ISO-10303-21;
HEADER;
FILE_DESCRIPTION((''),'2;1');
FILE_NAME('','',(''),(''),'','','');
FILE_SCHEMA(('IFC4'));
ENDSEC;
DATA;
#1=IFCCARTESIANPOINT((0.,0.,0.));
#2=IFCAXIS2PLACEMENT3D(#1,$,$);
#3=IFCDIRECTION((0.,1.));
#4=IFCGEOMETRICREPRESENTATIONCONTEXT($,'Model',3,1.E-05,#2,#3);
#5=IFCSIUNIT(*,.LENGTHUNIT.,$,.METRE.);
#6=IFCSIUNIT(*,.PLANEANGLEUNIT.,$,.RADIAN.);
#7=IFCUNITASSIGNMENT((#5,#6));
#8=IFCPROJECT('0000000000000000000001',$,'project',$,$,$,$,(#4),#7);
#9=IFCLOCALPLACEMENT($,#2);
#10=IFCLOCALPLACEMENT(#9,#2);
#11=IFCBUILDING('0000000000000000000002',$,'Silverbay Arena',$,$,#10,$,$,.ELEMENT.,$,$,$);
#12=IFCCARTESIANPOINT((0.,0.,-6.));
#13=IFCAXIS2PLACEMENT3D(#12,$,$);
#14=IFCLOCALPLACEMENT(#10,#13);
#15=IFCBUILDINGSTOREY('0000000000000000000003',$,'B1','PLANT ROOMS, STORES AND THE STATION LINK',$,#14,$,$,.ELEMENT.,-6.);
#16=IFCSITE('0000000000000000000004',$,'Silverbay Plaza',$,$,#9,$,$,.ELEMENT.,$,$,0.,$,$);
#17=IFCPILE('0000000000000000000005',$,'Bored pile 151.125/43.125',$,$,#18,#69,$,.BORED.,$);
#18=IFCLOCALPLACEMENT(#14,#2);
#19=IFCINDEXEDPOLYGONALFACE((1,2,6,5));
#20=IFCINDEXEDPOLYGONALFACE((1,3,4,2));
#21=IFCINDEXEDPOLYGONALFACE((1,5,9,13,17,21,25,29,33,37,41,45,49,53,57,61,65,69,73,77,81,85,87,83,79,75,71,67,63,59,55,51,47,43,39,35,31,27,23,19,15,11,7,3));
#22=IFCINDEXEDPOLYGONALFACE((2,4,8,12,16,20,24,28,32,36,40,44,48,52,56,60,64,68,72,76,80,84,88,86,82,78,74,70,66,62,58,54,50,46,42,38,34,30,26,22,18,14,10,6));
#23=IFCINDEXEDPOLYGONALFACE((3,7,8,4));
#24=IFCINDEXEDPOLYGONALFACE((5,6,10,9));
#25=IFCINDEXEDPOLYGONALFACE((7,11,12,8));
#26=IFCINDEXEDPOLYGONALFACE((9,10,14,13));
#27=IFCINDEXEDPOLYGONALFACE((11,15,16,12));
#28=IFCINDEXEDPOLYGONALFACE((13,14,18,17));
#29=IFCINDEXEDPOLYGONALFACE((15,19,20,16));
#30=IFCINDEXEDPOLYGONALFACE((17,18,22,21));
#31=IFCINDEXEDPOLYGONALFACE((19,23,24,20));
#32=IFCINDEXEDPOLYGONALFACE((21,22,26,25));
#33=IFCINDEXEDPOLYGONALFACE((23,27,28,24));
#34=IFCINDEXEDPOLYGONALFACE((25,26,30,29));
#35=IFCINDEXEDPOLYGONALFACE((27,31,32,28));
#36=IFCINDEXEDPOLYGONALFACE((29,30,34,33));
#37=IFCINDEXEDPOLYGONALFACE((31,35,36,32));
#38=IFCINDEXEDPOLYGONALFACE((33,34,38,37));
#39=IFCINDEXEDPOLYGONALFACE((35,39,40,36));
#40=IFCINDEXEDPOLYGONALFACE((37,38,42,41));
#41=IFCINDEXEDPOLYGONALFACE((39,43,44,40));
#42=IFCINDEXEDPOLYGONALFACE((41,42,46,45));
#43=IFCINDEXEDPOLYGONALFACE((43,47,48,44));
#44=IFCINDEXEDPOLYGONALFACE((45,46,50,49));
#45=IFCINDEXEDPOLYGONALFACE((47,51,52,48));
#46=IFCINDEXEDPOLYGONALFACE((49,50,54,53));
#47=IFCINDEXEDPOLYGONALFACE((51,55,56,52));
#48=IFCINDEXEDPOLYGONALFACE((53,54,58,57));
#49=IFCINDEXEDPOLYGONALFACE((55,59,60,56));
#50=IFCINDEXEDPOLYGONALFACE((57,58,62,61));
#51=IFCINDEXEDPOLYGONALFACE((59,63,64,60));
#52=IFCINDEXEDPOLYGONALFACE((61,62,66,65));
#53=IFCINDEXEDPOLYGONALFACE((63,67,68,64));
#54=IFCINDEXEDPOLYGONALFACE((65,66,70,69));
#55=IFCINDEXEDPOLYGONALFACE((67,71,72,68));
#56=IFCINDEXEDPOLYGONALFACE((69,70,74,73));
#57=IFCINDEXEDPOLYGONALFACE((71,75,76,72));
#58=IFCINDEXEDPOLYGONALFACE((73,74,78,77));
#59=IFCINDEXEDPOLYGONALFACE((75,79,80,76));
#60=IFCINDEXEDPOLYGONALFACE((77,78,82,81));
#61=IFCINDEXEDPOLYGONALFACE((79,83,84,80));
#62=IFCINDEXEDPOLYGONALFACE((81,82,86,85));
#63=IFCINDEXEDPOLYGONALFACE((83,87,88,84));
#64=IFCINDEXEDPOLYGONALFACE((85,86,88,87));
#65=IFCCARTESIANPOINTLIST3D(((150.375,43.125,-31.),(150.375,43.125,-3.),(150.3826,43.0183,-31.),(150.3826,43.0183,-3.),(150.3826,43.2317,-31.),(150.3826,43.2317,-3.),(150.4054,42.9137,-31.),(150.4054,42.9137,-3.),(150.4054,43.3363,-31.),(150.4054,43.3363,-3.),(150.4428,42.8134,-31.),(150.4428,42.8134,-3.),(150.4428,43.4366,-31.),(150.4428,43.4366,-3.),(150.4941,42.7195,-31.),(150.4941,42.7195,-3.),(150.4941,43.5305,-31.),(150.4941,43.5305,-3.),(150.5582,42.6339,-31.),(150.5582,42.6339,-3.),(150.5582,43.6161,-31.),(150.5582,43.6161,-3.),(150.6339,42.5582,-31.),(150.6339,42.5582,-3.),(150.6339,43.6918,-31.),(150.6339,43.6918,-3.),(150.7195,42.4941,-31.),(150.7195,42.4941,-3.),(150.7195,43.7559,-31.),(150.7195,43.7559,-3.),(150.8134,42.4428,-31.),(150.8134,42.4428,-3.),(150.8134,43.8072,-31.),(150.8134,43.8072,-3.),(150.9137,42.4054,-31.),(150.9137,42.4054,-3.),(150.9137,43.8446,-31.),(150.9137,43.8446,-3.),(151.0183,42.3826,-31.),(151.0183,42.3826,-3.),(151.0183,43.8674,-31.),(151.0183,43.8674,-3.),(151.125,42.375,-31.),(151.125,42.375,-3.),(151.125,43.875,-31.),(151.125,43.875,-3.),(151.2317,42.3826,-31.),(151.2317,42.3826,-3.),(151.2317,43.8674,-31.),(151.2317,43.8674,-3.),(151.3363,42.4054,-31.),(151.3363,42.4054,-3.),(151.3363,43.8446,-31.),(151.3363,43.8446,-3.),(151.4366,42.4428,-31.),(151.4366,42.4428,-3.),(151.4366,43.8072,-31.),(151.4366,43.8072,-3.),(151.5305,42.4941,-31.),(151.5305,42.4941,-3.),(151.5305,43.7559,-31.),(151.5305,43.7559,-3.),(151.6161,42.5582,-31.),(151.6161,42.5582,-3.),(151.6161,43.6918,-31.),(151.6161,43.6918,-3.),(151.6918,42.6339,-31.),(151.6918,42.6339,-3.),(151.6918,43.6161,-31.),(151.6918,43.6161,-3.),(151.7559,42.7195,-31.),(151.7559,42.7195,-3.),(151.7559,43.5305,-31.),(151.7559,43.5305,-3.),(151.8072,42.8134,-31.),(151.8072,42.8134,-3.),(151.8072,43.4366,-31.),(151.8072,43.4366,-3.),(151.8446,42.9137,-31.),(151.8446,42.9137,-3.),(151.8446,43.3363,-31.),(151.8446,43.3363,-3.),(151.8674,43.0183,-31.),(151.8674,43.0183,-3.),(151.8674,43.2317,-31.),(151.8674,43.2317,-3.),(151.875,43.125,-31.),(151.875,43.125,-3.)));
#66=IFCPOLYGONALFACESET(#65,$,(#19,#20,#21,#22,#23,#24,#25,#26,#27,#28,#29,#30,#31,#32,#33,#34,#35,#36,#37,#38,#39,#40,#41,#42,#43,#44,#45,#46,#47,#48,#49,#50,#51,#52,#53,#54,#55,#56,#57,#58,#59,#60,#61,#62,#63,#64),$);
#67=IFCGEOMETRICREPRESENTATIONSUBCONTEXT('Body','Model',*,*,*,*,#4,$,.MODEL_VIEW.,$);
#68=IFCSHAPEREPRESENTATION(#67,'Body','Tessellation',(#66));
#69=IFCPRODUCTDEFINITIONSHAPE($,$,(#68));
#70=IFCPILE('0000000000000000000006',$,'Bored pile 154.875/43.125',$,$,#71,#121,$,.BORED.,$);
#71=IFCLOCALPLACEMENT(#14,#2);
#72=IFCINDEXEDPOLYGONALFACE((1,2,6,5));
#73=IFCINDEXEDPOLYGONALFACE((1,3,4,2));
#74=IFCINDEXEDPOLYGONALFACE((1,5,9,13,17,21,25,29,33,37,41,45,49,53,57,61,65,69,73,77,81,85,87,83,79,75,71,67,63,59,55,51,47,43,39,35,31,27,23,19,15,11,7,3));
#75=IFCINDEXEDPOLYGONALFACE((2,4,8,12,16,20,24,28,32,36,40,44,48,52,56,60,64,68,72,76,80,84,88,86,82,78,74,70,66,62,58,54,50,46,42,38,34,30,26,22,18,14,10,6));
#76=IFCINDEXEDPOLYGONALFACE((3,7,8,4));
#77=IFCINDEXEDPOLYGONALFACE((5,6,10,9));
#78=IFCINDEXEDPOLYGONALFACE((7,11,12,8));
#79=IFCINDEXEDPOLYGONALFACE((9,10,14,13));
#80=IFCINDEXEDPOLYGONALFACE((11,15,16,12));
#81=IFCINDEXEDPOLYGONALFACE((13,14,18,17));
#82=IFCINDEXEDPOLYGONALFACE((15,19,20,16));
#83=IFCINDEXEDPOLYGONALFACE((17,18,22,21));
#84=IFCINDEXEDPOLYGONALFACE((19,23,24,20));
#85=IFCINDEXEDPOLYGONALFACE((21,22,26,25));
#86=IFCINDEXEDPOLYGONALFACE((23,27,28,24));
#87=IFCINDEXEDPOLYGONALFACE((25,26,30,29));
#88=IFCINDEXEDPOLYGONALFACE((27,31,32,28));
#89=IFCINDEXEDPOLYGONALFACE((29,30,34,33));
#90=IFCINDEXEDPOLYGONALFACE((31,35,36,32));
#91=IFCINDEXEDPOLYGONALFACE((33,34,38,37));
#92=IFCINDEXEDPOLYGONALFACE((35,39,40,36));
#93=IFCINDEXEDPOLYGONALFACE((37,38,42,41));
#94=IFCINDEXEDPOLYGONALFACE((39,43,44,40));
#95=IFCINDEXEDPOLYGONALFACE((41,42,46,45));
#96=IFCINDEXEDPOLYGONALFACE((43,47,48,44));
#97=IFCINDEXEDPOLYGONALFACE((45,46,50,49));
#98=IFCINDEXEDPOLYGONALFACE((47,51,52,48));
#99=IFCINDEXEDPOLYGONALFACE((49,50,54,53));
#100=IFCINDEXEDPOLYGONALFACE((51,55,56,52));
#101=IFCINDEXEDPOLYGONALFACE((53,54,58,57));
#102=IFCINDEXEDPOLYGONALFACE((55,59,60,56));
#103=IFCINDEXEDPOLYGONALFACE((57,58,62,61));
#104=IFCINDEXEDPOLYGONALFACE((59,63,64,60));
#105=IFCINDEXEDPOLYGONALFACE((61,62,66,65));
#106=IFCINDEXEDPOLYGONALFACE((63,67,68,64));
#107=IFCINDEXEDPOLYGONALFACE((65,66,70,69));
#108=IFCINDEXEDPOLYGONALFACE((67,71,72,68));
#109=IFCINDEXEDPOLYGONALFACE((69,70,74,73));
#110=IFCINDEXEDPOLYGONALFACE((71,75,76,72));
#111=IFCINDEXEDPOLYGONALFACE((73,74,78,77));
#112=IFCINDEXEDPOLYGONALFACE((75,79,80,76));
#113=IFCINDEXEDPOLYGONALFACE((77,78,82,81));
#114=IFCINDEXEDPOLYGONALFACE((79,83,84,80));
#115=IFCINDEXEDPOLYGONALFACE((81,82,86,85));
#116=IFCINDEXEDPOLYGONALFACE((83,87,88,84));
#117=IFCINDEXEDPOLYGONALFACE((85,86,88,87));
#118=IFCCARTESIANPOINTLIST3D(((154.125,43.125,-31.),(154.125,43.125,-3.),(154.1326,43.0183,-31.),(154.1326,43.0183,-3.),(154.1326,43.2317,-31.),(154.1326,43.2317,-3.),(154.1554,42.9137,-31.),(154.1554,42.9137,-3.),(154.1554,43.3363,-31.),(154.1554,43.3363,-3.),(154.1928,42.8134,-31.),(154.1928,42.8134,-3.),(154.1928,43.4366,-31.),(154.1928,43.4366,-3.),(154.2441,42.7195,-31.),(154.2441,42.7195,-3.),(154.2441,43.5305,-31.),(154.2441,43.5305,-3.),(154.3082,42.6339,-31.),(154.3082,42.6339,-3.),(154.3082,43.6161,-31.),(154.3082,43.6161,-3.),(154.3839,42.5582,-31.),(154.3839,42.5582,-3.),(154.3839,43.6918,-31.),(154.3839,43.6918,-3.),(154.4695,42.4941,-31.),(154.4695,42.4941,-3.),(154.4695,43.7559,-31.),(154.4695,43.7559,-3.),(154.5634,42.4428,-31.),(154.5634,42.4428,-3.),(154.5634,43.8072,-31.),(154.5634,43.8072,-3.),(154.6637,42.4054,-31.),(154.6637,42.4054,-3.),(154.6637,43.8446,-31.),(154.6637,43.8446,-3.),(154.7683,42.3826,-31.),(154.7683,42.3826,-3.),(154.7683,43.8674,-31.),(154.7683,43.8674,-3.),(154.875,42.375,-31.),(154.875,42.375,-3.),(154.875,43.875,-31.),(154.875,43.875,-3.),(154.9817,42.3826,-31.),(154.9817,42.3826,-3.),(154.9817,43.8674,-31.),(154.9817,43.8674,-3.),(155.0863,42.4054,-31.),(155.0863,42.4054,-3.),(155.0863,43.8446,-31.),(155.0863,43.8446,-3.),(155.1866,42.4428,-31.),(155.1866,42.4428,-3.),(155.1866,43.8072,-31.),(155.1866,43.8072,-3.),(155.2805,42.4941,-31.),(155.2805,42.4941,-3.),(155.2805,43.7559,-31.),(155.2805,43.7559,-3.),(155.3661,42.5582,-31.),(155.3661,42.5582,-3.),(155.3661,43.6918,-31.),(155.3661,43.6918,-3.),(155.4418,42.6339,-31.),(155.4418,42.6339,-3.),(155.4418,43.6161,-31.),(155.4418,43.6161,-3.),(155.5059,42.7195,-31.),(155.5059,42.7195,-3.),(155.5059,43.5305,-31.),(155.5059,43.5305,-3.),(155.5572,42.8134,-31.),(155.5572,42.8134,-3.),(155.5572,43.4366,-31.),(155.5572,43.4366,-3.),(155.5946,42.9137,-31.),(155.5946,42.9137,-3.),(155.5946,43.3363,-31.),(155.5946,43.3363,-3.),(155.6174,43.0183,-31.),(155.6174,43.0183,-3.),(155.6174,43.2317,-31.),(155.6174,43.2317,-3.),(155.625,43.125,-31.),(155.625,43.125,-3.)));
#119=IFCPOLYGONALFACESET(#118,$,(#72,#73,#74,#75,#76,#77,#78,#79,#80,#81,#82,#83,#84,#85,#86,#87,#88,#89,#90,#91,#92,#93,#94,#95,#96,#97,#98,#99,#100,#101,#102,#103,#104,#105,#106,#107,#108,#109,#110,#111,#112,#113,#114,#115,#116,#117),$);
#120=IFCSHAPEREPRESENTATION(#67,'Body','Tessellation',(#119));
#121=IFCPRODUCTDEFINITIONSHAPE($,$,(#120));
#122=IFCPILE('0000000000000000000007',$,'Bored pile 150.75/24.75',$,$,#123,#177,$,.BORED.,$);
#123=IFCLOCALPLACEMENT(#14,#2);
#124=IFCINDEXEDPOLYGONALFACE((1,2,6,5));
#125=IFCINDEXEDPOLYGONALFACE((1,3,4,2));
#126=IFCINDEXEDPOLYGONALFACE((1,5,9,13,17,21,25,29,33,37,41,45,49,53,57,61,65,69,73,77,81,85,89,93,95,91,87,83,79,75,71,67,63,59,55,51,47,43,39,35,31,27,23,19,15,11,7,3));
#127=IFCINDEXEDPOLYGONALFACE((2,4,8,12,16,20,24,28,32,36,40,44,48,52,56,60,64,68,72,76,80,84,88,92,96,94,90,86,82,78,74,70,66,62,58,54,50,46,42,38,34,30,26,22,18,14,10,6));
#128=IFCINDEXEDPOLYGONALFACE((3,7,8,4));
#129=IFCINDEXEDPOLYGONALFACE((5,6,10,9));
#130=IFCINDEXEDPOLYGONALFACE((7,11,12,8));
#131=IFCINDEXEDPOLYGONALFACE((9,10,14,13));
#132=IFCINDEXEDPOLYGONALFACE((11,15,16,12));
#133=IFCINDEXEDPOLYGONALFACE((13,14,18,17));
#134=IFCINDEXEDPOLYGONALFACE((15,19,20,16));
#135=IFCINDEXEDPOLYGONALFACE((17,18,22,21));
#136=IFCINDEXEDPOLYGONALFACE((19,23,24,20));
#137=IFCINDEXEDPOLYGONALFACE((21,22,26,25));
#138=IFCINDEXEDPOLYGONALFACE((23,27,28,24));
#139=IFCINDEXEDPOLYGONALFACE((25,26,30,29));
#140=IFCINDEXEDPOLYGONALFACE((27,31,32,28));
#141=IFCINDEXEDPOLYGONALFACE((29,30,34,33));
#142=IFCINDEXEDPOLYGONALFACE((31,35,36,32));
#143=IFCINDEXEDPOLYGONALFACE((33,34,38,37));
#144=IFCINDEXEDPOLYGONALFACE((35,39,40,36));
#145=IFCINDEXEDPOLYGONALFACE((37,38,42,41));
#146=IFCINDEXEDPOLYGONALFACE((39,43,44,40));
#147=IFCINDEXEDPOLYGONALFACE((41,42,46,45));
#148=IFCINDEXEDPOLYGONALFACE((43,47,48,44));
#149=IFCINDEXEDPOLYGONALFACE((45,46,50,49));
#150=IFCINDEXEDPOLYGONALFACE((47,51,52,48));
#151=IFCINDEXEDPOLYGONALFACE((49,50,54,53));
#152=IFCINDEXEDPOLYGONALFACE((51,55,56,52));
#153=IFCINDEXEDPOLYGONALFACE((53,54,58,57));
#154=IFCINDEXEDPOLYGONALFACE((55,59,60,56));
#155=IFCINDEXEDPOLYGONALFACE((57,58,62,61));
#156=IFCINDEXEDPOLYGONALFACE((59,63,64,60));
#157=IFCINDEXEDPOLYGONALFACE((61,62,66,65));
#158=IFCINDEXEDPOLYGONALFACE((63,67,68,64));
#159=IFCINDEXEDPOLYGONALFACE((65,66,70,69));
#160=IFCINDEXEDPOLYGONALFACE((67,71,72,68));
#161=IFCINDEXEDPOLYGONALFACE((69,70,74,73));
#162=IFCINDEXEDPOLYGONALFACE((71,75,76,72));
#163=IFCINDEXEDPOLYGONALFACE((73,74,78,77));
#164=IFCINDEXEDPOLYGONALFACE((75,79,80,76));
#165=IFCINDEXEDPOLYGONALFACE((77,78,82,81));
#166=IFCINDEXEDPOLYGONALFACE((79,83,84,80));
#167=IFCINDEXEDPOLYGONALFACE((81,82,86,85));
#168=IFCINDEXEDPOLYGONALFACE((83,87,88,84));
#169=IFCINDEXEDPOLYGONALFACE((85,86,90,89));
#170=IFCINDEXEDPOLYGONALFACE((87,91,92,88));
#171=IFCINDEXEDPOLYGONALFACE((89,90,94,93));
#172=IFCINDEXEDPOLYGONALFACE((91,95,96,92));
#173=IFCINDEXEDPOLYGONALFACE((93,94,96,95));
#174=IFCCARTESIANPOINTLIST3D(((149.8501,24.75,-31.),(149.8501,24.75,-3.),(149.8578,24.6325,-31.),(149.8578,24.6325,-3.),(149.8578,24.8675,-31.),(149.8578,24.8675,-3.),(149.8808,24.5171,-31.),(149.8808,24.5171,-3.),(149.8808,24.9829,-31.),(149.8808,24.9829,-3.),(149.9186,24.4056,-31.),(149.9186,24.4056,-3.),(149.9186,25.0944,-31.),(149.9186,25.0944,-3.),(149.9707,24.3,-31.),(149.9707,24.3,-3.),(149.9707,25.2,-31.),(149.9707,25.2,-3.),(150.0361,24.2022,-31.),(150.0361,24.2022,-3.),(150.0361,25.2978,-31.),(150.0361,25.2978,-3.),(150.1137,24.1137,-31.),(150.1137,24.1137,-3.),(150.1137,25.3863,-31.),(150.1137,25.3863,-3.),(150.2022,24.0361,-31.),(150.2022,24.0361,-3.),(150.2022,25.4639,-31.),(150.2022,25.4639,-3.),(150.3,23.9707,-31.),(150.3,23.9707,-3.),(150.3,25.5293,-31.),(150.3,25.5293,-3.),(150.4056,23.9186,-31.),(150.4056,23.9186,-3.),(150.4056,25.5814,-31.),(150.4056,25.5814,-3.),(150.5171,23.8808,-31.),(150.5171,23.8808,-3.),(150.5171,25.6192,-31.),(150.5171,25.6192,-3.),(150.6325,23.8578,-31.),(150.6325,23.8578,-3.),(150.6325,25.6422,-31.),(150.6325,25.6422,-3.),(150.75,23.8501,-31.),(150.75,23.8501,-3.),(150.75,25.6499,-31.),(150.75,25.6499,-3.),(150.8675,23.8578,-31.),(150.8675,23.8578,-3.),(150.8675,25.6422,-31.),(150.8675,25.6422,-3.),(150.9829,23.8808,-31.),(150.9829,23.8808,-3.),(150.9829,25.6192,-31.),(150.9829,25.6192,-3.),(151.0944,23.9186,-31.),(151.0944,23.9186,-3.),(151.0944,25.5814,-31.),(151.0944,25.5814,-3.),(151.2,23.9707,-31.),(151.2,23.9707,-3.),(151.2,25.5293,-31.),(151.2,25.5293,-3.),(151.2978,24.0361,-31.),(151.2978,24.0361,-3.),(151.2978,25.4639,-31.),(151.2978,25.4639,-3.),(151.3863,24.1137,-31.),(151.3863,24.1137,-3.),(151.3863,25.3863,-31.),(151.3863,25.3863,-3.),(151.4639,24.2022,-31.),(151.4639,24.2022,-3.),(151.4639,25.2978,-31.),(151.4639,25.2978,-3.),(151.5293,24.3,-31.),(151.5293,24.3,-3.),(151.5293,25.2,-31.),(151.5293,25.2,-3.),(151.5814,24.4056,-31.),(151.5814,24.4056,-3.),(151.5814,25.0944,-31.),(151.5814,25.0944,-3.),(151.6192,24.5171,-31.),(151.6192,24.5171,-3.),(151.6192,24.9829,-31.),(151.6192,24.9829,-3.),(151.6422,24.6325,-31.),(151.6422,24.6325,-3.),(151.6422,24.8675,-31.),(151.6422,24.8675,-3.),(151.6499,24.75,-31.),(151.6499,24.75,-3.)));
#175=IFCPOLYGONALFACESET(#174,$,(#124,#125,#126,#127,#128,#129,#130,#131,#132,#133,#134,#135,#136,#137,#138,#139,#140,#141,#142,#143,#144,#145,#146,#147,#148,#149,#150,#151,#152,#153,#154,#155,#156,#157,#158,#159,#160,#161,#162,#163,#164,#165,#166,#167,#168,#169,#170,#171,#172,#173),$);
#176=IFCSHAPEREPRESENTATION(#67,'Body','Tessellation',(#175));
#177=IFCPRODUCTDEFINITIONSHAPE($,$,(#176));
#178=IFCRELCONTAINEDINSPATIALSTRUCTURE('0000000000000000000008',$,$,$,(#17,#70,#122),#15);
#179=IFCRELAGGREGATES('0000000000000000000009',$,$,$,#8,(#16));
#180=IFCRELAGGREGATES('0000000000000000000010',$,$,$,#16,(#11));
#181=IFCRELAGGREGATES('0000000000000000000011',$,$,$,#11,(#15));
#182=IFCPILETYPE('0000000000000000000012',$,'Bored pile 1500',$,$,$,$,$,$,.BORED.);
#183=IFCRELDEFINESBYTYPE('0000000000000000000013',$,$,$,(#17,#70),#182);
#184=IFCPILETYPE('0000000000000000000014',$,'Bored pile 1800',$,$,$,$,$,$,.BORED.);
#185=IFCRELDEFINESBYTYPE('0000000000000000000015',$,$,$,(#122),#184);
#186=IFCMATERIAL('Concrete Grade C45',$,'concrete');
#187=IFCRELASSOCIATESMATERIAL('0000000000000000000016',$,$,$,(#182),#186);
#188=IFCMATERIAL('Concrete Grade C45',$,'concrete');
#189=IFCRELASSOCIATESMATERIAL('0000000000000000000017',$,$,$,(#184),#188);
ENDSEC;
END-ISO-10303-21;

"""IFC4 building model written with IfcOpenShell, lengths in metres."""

from ifc_helpers import new_model, si_unit, direction, frame, origin, origin_2d, place, context, subcontext, project, spatial, circle, extrude, material, material_profile, profile_set, type_object, element, save


model = new_model("IFC4")

# Units and contexts
model_context = context("Model", 3, precision=1e-05, world=origin(), true_north=direction((0.0, 1.0)))
body_context = subcontext(model_context, "Body", "Model", "MODEL_VIEW")
ifc_project = project(units=[si_unit("LENGTHUNIT", "METRE"), si_unit("PLANEANGLEUNIT", "RADIAN")], contexts=[model_context])

# Site, building, storey
site_placement = place(None, origin())
site = spatial("IfcSite", under=ifc_project, at=site_placement, Name="Silverbay Plaza", CompositionType="ELEMENT", RefElevation=0.0)
building_placement = place(site_placement, origin())
building = spatial("IfcBuilding", under=site, at=building_placement, Name="Silverbay Arena", CompositionType="ELEMENT")
storey_placement = place(building_placement, frame((0.0, 0.0, -6.0)))
storey = spatial("IfcBuildingStorey", under=building, at=storey_placement, Name="B1", Description="PLANT ROOMS, STORES AND THE STATION LINK", CompositionType="ELEMENT", Elevation=-6.0)

# Piles
ifc_material_1 = material(Name="Concrete Grade C45", Category="concrete")
ifc_material_profile_1 = material_profile(ifc_material_1, circle(Radius=0.75, at=origin_2d()), Name="Bored pile 1500")
ifc_profile_set_1 = profile_set([ifc_material_profile_1], Name="Concrete Grade C45")
pile_type_1 = type_object("IfcPileType", Name="Bored pile 1500", PredefinedType="BORED", material=ifc_profile_set_1)
for number, where, z_axis, x_axis, name in (
    (1, (151.125, 43.125, -3.0), (0.0, 0.0, -1.0), (1.0, 0.0, 0.0), "Bored pile 151.125/43.125"),
    (2, (154.875, 43.125, -3.0), (0.0, 0.0, -1.0), (1.0, 0.0, 0.0), "Bored pile 154.875/43.125"),
):
    element("IfcPile", number, at=place(storey_placement, frame(where, z_axis=z_axis, x_axis=x_axis)), inside=storey, type_object=pile_type_1, Name=name, PredefinedType="BORED", context=body_context, shape_type="SweptSolid", body=[
        extrude(circle(Radius=0.75, at=origin_2d()), origin(), (0.0, 0.0, 1.0), 28.0),
    ])
ifc_material_2 = material(Name="Concrete Grade C45", Category="concrete")
ifc_material_profile_2 = material_profile(ifc_material_2, circle(Radius=0.8999, at=origin_2d()), Name="Bored pile 1800")
ifc_profile_set_2 = profile_set([ifc_material_profile_2], Name="Concrete Grade C45")
pile_type_2 = type_object("IfcPileType", Name="Bored pile 1800", PredefinedType="BORED", material=ifc_profile_set_2)
for number, where, z_axis, x_axis, name in (
    (3, (150.75, 24.75, -3.0), (0.0, 0.0, -1.0), (1.0, 0.0, 0.0), "Bored pile 150.75/24.75"),
):
    element("IfcPile", number, at=place(storey_placement, frame(where, z_axis=z_axis, x_axis=x_axis)), inside=storey, type_object=pile_type_2, Name=name, PredefinedType="BORED", context=body_context, shape_type="SweptSolid", body=[
        extrude(circle(Radius=0.8999, at=origin_2d()), origin(), (0.0, 0.0, 1.0), 28.0),
    ])

save(model, "model.ifc")
